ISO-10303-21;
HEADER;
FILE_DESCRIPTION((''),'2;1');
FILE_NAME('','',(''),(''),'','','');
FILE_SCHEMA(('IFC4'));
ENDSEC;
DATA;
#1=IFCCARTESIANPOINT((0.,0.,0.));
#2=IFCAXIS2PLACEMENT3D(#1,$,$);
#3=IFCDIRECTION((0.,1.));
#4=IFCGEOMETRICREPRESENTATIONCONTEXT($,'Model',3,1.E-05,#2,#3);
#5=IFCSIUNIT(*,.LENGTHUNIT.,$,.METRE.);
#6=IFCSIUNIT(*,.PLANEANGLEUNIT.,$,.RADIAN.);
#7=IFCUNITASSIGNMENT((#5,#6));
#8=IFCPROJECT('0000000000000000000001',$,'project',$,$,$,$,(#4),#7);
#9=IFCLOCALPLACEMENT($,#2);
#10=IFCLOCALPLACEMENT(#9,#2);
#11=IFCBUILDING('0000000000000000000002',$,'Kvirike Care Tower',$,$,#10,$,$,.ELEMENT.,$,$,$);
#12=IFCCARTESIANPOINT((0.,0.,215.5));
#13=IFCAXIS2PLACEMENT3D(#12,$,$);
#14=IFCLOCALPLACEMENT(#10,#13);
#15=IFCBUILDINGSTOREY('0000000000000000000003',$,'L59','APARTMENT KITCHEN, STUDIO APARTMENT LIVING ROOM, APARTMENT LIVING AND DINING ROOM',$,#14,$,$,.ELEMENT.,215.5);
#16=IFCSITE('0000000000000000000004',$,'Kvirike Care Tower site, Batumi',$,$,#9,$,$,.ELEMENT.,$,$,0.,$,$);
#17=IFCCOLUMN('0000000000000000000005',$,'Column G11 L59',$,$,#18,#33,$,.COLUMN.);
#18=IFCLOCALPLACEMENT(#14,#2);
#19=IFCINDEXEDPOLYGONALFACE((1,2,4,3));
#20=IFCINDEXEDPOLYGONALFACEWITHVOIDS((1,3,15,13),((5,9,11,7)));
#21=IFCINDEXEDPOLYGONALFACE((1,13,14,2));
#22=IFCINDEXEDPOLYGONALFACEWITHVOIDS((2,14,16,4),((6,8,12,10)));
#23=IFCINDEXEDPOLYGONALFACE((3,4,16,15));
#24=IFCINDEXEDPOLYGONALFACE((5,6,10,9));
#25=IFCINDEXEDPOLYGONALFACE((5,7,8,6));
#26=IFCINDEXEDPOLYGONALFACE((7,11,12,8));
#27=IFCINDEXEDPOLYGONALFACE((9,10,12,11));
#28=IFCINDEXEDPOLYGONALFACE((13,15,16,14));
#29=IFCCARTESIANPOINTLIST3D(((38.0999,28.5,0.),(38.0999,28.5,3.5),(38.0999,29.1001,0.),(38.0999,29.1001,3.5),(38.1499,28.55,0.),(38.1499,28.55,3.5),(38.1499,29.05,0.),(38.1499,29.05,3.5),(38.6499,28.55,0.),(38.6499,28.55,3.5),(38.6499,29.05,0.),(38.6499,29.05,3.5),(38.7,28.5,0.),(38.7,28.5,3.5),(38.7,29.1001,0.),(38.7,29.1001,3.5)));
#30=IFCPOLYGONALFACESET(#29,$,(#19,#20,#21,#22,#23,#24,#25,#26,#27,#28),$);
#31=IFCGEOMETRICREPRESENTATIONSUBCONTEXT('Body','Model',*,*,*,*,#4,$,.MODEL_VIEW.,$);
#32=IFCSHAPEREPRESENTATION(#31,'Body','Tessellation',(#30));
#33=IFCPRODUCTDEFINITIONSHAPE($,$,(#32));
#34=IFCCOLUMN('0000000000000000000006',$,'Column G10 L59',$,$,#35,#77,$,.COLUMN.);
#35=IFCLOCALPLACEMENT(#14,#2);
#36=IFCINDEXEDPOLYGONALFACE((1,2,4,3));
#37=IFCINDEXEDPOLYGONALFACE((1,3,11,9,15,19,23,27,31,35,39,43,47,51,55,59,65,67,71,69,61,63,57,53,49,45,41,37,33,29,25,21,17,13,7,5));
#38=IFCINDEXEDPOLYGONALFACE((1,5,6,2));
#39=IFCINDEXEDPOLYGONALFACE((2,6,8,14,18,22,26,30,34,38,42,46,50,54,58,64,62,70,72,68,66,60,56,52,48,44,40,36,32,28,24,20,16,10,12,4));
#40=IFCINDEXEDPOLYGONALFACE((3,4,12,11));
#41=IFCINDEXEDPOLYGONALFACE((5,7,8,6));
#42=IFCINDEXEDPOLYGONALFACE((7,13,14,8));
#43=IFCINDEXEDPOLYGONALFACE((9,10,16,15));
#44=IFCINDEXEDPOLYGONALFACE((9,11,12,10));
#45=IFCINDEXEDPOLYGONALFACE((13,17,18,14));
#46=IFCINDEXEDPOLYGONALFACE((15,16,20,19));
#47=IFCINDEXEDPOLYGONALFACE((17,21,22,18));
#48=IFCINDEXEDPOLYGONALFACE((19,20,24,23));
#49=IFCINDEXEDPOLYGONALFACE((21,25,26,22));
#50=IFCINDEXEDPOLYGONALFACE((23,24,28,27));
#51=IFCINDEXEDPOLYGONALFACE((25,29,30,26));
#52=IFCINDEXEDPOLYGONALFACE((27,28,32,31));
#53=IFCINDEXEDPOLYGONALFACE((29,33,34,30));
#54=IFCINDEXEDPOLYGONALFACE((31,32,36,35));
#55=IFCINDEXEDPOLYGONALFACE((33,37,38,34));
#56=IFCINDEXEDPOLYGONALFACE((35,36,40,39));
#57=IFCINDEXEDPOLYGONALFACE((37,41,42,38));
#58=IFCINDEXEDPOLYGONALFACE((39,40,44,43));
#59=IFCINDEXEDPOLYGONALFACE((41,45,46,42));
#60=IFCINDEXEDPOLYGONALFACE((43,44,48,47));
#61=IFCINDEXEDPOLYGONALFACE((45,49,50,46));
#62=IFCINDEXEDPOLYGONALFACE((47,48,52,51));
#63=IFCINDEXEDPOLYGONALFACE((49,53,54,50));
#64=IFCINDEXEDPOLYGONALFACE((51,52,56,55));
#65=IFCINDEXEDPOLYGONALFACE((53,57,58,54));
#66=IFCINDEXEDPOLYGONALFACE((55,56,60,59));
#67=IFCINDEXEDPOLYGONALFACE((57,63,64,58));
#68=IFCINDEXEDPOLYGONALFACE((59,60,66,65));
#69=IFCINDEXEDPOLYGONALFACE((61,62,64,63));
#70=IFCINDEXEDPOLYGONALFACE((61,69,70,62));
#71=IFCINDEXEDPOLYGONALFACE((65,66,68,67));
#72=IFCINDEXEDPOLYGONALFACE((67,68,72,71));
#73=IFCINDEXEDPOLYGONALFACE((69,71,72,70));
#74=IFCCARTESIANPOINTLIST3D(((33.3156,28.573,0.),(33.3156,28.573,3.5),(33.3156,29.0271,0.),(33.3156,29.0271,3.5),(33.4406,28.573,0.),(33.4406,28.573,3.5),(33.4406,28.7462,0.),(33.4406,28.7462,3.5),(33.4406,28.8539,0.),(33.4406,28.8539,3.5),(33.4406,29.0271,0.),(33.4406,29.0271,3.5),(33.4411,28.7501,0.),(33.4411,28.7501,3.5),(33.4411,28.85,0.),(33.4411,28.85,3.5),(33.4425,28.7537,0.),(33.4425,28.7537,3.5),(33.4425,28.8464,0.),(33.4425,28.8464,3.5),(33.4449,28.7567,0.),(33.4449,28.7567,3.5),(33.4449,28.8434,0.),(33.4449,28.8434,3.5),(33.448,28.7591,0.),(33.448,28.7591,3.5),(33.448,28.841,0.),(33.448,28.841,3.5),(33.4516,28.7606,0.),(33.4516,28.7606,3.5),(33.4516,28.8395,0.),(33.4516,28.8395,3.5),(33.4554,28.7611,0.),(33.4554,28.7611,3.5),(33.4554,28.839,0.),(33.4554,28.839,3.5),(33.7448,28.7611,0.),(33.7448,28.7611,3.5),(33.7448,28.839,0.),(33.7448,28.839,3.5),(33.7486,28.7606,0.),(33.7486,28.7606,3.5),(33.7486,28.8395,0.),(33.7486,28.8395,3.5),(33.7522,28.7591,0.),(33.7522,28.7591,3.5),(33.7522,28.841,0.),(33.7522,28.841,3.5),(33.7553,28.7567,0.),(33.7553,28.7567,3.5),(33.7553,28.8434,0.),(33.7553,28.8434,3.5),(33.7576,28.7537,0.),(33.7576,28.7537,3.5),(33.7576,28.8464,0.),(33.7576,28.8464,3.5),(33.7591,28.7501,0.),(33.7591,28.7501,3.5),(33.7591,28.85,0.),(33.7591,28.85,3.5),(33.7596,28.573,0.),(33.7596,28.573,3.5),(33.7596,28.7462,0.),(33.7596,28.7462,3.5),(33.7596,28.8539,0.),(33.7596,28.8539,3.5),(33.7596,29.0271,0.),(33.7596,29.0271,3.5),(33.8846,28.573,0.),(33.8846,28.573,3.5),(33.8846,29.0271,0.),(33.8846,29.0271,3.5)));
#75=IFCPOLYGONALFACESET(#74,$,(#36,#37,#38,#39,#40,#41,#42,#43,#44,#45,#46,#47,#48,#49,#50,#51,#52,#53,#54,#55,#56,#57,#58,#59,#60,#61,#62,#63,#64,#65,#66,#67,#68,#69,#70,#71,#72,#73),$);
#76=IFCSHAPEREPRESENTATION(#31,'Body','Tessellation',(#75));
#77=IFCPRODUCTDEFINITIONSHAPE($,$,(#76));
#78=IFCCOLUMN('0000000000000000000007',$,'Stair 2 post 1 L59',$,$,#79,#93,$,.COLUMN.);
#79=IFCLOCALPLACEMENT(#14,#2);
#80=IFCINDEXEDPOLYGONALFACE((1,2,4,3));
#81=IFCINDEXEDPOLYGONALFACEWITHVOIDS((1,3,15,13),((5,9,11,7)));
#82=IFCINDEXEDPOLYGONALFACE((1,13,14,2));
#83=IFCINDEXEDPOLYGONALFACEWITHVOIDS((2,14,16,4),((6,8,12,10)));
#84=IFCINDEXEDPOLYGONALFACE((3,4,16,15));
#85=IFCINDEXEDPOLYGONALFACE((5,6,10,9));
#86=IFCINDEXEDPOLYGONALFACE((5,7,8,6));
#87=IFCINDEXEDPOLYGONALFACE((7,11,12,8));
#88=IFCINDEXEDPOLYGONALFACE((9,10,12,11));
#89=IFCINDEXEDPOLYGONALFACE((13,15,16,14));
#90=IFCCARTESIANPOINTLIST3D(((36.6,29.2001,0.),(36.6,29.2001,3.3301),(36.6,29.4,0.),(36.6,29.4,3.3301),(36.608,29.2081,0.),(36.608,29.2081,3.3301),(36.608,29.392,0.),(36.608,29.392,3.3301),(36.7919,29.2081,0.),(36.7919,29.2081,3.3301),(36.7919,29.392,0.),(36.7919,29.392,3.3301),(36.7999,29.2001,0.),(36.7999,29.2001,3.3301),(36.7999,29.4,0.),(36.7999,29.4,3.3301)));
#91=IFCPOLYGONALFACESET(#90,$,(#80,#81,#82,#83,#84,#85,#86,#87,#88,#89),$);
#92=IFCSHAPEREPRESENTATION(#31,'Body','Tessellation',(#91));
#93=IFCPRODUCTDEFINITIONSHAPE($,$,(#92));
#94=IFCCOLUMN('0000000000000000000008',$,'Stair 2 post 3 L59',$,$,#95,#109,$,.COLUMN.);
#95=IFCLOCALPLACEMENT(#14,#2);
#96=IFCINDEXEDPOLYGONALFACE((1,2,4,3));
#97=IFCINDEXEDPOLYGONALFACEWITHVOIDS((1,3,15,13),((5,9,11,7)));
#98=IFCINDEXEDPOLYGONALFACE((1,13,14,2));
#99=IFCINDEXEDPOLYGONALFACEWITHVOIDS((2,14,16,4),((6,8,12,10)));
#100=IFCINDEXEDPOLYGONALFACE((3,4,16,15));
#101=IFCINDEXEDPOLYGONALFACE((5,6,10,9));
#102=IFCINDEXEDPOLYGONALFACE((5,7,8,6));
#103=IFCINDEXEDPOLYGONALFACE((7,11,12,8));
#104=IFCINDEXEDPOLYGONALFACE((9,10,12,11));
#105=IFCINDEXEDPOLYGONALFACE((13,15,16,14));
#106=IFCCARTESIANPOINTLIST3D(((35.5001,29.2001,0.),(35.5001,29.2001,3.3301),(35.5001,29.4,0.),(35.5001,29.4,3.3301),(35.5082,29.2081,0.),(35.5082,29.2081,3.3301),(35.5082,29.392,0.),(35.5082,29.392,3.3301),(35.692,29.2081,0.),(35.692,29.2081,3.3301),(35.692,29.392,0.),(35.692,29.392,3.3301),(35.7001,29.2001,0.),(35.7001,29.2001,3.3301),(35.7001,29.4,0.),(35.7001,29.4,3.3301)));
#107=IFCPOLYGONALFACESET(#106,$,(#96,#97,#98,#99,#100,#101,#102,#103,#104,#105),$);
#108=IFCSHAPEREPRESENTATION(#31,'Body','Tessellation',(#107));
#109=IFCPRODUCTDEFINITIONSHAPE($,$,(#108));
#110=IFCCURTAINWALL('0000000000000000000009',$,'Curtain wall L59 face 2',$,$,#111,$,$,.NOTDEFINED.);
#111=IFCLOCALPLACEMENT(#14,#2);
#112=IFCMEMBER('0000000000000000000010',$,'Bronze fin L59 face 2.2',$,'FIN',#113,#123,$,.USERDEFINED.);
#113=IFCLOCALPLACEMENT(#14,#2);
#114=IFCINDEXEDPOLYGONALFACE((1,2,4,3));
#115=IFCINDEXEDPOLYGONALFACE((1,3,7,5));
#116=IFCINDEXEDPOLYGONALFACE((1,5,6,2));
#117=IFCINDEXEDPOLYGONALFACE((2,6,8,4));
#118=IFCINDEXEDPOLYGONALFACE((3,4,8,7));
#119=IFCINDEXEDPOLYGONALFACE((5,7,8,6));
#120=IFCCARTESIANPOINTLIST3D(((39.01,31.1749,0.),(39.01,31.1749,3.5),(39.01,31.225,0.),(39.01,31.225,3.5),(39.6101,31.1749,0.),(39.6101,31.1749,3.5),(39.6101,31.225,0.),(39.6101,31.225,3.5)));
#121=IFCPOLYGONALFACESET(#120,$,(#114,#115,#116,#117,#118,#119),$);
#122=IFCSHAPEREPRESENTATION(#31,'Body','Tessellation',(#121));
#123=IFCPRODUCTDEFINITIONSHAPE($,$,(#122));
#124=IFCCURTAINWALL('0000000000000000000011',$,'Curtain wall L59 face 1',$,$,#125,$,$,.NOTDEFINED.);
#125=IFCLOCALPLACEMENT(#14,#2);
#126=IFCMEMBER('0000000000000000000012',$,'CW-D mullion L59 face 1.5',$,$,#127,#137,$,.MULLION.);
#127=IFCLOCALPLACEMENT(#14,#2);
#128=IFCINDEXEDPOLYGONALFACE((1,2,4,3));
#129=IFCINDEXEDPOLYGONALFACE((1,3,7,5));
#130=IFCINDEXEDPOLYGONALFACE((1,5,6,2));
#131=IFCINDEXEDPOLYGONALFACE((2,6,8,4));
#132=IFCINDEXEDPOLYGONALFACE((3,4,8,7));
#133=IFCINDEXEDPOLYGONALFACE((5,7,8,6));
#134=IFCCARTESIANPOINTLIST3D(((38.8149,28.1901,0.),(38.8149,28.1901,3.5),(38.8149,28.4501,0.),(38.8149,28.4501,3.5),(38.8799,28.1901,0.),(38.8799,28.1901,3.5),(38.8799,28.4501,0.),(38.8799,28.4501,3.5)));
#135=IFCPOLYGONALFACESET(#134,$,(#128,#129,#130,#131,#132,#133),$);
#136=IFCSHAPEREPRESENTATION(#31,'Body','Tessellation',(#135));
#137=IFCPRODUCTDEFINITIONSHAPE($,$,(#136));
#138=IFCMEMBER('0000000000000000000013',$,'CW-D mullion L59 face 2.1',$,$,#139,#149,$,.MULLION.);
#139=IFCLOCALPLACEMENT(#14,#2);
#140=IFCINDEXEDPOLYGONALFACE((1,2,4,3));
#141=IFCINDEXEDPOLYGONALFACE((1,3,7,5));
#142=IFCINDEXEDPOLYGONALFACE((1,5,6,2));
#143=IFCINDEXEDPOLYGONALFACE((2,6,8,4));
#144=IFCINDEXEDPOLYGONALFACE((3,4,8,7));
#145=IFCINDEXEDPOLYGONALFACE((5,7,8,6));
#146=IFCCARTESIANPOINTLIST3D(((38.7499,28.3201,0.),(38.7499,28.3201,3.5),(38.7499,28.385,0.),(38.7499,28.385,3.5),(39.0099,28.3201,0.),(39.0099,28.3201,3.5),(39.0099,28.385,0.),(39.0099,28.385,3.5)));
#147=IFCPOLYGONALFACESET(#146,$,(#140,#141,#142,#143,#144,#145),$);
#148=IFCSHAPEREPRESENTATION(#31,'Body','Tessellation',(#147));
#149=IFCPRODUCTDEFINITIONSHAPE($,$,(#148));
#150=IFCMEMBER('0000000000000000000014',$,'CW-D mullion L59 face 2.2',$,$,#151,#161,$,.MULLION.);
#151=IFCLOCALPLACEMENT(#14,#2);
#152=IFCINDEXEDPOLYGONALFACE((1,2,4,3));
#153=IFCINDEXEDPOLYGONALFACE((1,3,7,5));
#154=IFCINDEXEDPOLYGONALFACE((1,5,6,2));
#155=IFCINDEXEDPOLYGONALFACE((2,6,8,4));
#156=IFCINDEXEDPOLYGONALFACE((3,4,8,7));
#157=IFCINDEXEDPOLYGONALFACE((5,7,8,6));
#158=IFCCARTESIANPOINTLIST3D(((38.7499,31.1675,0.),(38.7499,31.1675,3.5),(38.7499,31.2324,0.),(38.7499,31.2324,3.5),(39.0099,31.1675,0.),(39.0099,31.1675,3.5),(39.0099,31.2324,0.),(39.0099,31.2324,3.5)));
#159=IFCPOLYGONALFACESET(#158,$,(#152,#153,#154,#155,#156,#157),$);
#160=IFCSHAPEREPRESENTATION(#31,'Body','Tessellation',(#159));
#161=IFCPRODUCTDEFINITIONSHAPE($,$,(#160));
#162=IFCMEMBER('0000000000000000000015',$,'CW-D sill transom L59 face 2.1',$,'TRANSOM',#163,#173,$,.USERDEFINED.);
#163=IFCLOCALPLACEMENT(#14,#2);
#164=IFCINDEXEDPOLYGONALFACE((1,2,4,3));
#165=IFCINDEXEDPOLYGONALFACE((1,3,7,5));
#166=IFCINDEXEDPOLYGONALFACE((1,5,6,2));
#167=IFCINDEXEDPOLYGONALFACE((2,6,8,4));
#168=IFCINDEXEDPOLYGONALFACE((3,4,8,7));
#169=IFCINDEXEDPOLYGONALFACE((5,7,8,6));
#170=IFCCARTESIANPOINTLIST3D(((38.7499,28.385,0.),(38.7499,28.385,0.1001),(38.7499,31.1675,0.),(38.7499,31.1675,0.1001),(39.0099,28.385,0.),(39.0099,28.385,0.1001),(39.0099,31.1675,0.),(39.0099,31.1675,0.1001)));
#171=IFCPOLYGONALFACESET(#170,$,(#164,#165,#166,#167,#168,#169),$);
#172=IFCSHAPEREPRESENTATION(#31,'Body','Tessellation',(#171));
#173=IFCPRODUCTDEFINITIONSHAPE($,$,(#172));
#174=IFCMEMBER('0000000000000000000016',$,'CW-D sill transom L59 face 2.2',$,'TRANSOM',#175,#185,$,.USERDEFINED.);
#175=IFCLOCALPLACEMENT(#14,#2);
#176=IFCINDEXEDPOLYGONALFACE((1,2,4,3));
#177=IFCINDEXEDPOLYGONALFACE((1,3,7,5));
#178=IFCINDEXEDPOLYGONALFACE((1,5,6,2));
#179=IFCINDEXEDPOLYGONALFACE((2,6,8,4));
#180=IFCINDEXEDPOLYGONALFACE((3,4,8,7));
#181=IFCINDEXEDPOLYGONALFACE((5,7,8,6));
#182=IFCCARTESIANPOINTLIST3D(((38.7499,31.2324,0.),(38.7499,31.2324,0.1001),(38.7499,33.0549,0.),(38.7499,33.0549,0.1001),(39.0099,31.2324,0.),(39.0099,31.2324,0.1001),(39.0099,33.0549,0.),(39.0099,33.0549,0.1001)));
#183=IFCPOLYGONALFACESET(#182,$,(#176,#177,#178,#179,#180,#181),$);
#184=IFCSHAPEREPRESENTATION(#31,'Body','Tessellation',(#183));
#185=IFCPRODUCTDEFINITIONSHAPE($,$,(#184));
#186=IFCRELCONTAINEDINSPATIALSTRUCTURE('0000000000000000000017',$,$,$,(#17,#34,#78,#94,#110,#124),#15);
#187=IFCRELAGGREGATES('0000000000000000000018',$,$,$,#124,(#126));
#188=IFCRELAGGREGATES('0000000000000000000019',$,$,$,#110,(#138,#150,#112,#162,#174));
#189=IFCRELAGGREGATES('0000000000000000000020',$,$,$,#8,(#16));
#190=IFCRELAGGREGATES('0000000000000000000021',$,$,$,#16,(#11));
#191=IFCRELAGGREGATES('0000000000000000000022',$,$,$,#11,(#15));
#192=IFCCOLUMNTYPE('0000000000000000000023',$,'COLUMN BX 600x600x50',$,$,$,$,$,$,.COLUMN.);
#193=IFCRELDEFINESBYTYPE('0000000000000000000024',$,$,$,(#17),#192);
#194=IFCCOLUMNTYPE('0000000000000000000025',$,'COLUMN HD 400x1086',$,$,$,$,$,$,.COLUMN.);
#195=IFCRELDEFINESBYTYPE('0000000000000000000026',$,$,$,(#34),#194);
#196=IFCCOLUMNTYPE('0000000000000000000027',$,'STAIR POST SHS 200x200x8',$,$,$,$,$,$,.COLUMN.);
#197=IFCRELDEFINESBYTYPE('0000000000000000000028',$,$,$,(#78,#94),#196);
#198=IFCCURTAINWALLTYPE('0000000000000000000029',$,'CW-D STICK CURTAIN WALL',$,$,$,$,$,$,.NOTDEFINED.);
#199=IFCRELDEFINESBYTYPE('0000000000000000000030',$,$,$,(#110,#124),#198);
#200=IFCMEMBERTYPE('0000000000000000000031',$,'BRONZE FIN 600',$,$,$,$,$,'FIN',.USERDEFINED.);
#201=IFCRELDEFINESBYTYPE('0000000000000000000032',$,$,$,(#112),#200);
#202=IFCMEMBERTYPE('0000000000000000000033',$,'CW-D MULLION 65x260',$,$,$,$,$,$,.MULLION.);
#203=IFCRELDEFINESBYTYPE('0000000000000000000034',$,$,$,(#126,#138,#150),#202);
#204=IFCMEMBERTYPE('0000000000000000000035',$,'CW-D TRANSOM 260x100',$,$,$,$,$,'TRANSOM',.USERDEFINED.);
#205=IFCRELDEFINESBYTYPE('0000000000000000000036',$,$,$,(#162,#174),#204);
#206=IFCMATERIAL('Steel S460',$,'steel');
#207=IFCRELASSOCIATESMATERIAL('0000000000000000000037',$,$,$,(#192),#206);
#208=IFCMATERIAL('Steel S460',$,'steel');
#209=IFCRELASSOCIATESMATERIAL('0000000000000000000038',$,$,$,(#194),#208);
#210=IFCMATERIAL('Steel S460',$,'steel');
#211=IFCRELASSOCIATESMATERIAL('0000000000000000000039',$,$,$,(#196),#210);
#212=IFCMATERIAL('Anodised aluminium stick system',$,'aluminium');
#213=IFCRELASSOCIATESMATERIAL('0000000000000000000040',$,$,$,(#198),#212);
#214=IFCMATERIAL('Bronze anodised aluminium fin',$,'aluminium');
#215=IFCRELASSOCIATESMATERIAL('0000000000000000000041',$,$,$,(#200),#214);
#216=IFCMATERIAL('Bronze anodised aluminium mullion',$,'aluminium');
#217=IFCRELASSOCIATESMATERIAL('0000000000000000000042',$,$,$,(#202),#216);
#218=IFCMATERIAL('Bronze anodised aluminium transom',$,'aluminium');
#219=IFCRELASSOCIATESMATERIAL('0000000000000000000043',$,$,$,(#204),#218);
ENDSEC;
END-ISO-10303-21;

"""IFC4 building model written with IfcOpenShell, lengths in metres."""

from ifc_helpers import new_model, si_unit, direction, frame, origin, origin_2d, place, context, subcontext, project, spatial, rectangle, hollow_rectangle, i_section, extrude, material, material_profile, profile_set, type_object, element, aggregate, save


model = new_model("IFC4")

# Units and contexts
model_context = context("Model", 3, precision=1e-05, world=origin(), true_north=direction((0.0, 1.0)))
body_context = subcontext(model_context, "Body", "Model", "MODEL_VIEW")
ifc_project = project(units=[si_unit("LENGTHUNIT", "METRE"), si_unit("PLANEANGLEUNIT", "RADIAN")], contexts=[model_context])

# Site, building, storey
site_placement = place(None, origin())
site = spatial("IfcSite", under=ifc_project, at=site_placement, Name="Kvirike Care Tower site, Batumi", CompositionType="ELEMENT", RefElevation=0.0)
building_placement = place(site_placement, origin())
building = spatial("IfcBuilding", under=site, at=building_placement, Name="Kvirike Care Tower", CompositionType="ELEMENT")
storey_placement = place(building_placement, frame((0.0, 0.0, 215.5)))
storey = spatial("IfcBuildingStorey", under=building, at=storey_placement, Name="L59", Description="APARTMENT KITCHEN, STUDIO APARTMENT LIVING ROOM, APARTMENT LIVING AND DINING ROOM", CompositionType="ELEMENT", Elevation=215.5)

# Columns
ifc_material_1 = material(Name="Steel S460", Category="steel")
ifc_material_profile_1 = material_profile(ifc_material_1, hollow_rectangle(XDim=0.6001, YDim=0.6001, WallThickness=0.05, at=origin_2d()), Name="BX 600x600x50")
ifc_profile_set_1 = profile_set([ifc_material_profile_1], Name="Steel S460")
column_type_1 = type_object("IfcColumnType", Name="COLUMN BX 600x600x50", PredefinedType="COLUMN", material=ifc_profile_set_1)
column_1_placement = place(storey_placement, frame((38.3999, 28.8, 0.0), z_axis=(0.0, 0.0, 1.0), x_axis=(0.0, 1.0, 0.0)))
element("IfcColumn", 1, at=column_1_placement, inside=storey, type_object=column_type_1, Name="Column G11 L59", PredefinedType="COLUMN", context=body_context, shape_type="SweptSolid", body=[
    extrude(hollow_rectangle(XDim=0.6001, YDim=0.6001, WallThickness=0.05, at=origin_2d()), origin(), (0.0, 0.0, 1.0), 3.5),
])
ifc_material_2 = material(Name="Steel S460", Category="steel")
ifc_material_profile_2 = material_profile(ifc_material_2, i_section(OverallWidth=0.4541, OverallDepth=0.5691, WebThickness=0.0779, FlangeThickness=0.125, FilletRadius=0.0149, at=origin_2d()), Name="HD 400x1086")
ifc_profile_set_2 = profile_set([ifc_material_profile_2], Name="Steel S460")
column_type_2 = type_object("IfcColumnType", Name="COLUMN HD 400x1086", PredefinedType="COLUMN", material=ifc_profile_set_2)
column_2_placement = place(storey_placement, frame((33.6001, 28.8, 0.0), z_axis=(0.0, 0.0, 1.0), x_axis=(0.0, 1.0, 0.0)))
element("IfcColumn", 2, at=column_2_placement, inside=storey, type_object=column_type_2, Name="Column G10 L59", PredefinedType="COLUMN", context=body_context, shape_type="SweptSolid", body=[
    extrude(i_section(OverallWidth=0.4541, OverallDepth=0.5691, WebThickness=0.0779, FlangeThickness=0.125, FilletRadius=0.0149, at=origin_2d()), origin(), (0.0, 0.0, 1.0), 3.5),
])
ifc_material_3 = material(Name="Steel S460", Category="steel")
ifc_material_profile_3 = material_profile(ifc_material_3, hollow_rectangle(XDim=0.2, YDim=0.2, WallThickness=0.0081, at=origin_2d()), Name="SHS 200x200x8")
ifc_profile_set_3 = profile_set([ifc_material_profile_3], Name="Steel S460")
column_type_3 = type_object("IfcColumnType", Name="STAIR POST SHS 200x200x8", PredefinedType="COLUMN", material=ifc_profile_set_3)
for number, where, z_axis, x_axis, name in (
    (3, (36.7, 29.3, 0.0), (0.0, 0.0, 1.0), (1.0, 0.0, 0.0), "Stair 2 post 1 L59"),
    (4, (35.6001, 29.3, 0.0), (0.0, 0.0, 1.0), (1.0, 0.0, 0.0), "Stair 2 post 3 L59"),
):
    element("IfcColumn", number, at=place(storey_placement, frame(where, z_axis=z_axis, x_axis=x_axis)), inside=storey, type_object=column_type_3, Name=name, PredefinedType="COLUMN", context=body_context, shape_type="SweptSolid", body=[
        extrude(hollow_rectangle(XDim=0.2, YDim=0.2, WallThickness=0.0081, at=origin_2d()), origin(), (0.0, 0.0, 1.0), 3.3301),
    ])

# Curtain walls, members
ifc_material_4 = material(Name="Anodised aluminium stick system", Category="aluminium")
curtain_wall_type = type_object("IfcCurtainWallType", Name="CW-D STICK CURTAIN WALL", PredefinedType="NOTDEFINED", material=ifc_material_4)
curtain_wall_1_placement = place(storey_placement, origin())
curtain_wall_1 = element("IfcCurtainWall", 5, at=curtain_wall_1_placement, inside=storey, type_object=curtain_wall_type, Name="Curtain wall L59 face 2", PredefinedType="NOTDEFINED")
ifc_material_5 = material(Name="Bronze anodised aluminium fin", Category="aluminium")
ifc_material_profile_4 = material_profile(ifc_material_5, rectangle(XDim=0.05, YDim=0.6001, at=origin_2d()), Name="BRONZE FIN 600")
ifc_profile_set_4 = profile_set([ifc_material_profile_4], Name="Bronze anodised aluminium fin")
member_type_1 = type_object("IfcMemberType", Name="BRONZE FIN 600", ElementType="FIN", PredefinedType="USERDEFINED", material=ifc_profile_set_4)
member_1_placement = place(storey_placement, frame((39.3101, 31.2, 0.0), z_axis=(0.0, 0.0, 1.0), x_axis=(0.0, 1.0, 0.0)))
member_1 = element("IfcMember", 6, at=member_1_placement, type_object=member_type_1, Name="Bronze fin L59 face 2.2", ObjectType="FIN", PredefinedType="USERDEFINED", context=body_context, shape_type="SweptSolid", body=[
    extrude(rectangle(XDim=0.05, YDim=0.6001, at=origin_2d()), origin(), (0.0, 0.0, 1.0), 3.5),
])
curtain_wall_2_placement = place(storey_placement, origin())
curtain_wall_2 = element("IfcCurtainWall", 7, at=curtain_wall_2_placement, inside=storey, type_object=curtain_wall_type, Name="Curtain wall L59 face 1", PredefinedType="NOTDEFINED")
ifc_material_6 = material(Name="Bronze anodised aluminium mullion", Category="aluminium")
ifc_material_profile_5 = material_profile(ifc_material_6, rectangle(XDim=0.0649, YDim=0.26, at=origin_2d()), Name="CW-D MULLION 65x260")
ifc_profile_set_5 = profile_set([ifc_material_profile_5], Name="Bronze anodised aluminium mullion")
member_type_2 = type_object("IfcMemberType", Name="CW-D MULLION 65x260", PredefinedType="MULLION", material=ifc_profile_set_5)
member_2_placement = place(storey_placement, frame((38.8474, 28.3201, 0.0), z_axis=(0.0, 0.0, 1.0), x_axis=(1.0, 0.0, 0.0)))
member_2 = element("IfcMember", 8, at=member_2_placement, type_object=member_type_2, Name="CW-D mullion L59 face 1.5", PredefinedType="MULLION", context=body_context, shape_type="SweptSolid", body=[
    extrude(rectangle(XDim=0.0649, YDim=0.26, at=origin_2d()), origin(), (0.0, 0.0, 1.0), 3.5),
])
aggregate(curtain_wall_2, [member_2])

# Members
member_3_placement = place(storey_placement, frame((38.8799, 28.3525, 0.0), z_axis=(0.0, 0.0, 1.0), x_axis=(0.0, 1.0, 0.0)))
member_3 = element("IfcMember", 9, at=member_3_placement, type_object=member_type_2, Name="CW-D mullion L59 face 2.1", PredefinedType="MULLION", context=body_context, shape_type="SweptSolid", body=[
    extrude(rectangle(XDim=0.0649, YDim=0.26, at=origin_2d()), origin(), (0.0, 0.0, 1.0), 3.5),
])
member_4_placement = place(storey_placement, frame((38.8799, 31.2, 0.0), z_axis=(0.0, 0.0, 1.0), x_axis=(0.0, 1.0, 0.0)))
member_4 = element("IfcMember", 10, at=member_4_placement, type_object=member_type_2, Name="CW-D mullion L59 face 2.2", PredefinedType="MULLION", context=body_context, shape_type="SweptSolid", body=[
    extrude(rectangle(XDim=0.0649, YDim=0.26, at=origin_2d()), origin(), (0.0, 0.0, 1.0), 3.5),
])
ifc_material_7 = material(Name="Bronze anodised aluminium transom", Category="aluminium")
ifc_material_profile_6 = material_profile(ifc_material_7, rectangle(XDim=0.26, YDim=0.1001, at=origin_2d()), Name="CW-D TRANSOM 260x100")
ifc_profile_set_6 = profile_set([ifc_material_profile_6], Name="Bronze anodised aluminium transom")
member_type_3 = type_object("IfcMemberType", Name="CW-D TRANSOM 260x100", ElementType="TRANSOM", PredefinedType="USERDEFINED", material=ifc_profile_set_6)
member_5_placement = place(storey_placement, frame((38.8799, 28.385, 0.05), z_axis=(0.0, 1.0, 0.0), x_axis=(-1.0, 0.0, 0.0)))
member_5 = element("IfcMember", 11, at=member_5_placement, type_object=member_type_3, Name="CW-D sill transom L59 face 2.1", ObjectType="TRANSOM", PredefinedType="USERDEFINED", context=body_context, shape_type="SweptSolid", body=[
    extrude(rectangle(XDim=0.26, YDim=0.1001, at=origin_2d()), origin(), (0.0, 0.0, 1.0), 2.7825),
])
member_6_placement = place(storey_placement, frame((38.8799, 31.2324, 0.05), z_axis=(0.0, 1.0, 0.0), x_axis=(-1.0, 0.0, 0.0)))
member_6 = element("IfcMember", 12, at=member_6_placement, type_object=member_type_3, Name="CW-D sill transom L59 face 2.2", ObjectType="TRANSOM", PredefinedType="USERDEFINED", context=body_context, shape_type="SweptSolid", body=[
    extrude(rectangle(XDim=0.26, YDim=0.1001, at=origin_2d()), origin(), (0.0, 0.0, 1.0), 1.8225),
])

aggregate(curtain_wall_1, [member_3, member_4, member_1, member_5, member_6])

save(model, "model.ifc")
